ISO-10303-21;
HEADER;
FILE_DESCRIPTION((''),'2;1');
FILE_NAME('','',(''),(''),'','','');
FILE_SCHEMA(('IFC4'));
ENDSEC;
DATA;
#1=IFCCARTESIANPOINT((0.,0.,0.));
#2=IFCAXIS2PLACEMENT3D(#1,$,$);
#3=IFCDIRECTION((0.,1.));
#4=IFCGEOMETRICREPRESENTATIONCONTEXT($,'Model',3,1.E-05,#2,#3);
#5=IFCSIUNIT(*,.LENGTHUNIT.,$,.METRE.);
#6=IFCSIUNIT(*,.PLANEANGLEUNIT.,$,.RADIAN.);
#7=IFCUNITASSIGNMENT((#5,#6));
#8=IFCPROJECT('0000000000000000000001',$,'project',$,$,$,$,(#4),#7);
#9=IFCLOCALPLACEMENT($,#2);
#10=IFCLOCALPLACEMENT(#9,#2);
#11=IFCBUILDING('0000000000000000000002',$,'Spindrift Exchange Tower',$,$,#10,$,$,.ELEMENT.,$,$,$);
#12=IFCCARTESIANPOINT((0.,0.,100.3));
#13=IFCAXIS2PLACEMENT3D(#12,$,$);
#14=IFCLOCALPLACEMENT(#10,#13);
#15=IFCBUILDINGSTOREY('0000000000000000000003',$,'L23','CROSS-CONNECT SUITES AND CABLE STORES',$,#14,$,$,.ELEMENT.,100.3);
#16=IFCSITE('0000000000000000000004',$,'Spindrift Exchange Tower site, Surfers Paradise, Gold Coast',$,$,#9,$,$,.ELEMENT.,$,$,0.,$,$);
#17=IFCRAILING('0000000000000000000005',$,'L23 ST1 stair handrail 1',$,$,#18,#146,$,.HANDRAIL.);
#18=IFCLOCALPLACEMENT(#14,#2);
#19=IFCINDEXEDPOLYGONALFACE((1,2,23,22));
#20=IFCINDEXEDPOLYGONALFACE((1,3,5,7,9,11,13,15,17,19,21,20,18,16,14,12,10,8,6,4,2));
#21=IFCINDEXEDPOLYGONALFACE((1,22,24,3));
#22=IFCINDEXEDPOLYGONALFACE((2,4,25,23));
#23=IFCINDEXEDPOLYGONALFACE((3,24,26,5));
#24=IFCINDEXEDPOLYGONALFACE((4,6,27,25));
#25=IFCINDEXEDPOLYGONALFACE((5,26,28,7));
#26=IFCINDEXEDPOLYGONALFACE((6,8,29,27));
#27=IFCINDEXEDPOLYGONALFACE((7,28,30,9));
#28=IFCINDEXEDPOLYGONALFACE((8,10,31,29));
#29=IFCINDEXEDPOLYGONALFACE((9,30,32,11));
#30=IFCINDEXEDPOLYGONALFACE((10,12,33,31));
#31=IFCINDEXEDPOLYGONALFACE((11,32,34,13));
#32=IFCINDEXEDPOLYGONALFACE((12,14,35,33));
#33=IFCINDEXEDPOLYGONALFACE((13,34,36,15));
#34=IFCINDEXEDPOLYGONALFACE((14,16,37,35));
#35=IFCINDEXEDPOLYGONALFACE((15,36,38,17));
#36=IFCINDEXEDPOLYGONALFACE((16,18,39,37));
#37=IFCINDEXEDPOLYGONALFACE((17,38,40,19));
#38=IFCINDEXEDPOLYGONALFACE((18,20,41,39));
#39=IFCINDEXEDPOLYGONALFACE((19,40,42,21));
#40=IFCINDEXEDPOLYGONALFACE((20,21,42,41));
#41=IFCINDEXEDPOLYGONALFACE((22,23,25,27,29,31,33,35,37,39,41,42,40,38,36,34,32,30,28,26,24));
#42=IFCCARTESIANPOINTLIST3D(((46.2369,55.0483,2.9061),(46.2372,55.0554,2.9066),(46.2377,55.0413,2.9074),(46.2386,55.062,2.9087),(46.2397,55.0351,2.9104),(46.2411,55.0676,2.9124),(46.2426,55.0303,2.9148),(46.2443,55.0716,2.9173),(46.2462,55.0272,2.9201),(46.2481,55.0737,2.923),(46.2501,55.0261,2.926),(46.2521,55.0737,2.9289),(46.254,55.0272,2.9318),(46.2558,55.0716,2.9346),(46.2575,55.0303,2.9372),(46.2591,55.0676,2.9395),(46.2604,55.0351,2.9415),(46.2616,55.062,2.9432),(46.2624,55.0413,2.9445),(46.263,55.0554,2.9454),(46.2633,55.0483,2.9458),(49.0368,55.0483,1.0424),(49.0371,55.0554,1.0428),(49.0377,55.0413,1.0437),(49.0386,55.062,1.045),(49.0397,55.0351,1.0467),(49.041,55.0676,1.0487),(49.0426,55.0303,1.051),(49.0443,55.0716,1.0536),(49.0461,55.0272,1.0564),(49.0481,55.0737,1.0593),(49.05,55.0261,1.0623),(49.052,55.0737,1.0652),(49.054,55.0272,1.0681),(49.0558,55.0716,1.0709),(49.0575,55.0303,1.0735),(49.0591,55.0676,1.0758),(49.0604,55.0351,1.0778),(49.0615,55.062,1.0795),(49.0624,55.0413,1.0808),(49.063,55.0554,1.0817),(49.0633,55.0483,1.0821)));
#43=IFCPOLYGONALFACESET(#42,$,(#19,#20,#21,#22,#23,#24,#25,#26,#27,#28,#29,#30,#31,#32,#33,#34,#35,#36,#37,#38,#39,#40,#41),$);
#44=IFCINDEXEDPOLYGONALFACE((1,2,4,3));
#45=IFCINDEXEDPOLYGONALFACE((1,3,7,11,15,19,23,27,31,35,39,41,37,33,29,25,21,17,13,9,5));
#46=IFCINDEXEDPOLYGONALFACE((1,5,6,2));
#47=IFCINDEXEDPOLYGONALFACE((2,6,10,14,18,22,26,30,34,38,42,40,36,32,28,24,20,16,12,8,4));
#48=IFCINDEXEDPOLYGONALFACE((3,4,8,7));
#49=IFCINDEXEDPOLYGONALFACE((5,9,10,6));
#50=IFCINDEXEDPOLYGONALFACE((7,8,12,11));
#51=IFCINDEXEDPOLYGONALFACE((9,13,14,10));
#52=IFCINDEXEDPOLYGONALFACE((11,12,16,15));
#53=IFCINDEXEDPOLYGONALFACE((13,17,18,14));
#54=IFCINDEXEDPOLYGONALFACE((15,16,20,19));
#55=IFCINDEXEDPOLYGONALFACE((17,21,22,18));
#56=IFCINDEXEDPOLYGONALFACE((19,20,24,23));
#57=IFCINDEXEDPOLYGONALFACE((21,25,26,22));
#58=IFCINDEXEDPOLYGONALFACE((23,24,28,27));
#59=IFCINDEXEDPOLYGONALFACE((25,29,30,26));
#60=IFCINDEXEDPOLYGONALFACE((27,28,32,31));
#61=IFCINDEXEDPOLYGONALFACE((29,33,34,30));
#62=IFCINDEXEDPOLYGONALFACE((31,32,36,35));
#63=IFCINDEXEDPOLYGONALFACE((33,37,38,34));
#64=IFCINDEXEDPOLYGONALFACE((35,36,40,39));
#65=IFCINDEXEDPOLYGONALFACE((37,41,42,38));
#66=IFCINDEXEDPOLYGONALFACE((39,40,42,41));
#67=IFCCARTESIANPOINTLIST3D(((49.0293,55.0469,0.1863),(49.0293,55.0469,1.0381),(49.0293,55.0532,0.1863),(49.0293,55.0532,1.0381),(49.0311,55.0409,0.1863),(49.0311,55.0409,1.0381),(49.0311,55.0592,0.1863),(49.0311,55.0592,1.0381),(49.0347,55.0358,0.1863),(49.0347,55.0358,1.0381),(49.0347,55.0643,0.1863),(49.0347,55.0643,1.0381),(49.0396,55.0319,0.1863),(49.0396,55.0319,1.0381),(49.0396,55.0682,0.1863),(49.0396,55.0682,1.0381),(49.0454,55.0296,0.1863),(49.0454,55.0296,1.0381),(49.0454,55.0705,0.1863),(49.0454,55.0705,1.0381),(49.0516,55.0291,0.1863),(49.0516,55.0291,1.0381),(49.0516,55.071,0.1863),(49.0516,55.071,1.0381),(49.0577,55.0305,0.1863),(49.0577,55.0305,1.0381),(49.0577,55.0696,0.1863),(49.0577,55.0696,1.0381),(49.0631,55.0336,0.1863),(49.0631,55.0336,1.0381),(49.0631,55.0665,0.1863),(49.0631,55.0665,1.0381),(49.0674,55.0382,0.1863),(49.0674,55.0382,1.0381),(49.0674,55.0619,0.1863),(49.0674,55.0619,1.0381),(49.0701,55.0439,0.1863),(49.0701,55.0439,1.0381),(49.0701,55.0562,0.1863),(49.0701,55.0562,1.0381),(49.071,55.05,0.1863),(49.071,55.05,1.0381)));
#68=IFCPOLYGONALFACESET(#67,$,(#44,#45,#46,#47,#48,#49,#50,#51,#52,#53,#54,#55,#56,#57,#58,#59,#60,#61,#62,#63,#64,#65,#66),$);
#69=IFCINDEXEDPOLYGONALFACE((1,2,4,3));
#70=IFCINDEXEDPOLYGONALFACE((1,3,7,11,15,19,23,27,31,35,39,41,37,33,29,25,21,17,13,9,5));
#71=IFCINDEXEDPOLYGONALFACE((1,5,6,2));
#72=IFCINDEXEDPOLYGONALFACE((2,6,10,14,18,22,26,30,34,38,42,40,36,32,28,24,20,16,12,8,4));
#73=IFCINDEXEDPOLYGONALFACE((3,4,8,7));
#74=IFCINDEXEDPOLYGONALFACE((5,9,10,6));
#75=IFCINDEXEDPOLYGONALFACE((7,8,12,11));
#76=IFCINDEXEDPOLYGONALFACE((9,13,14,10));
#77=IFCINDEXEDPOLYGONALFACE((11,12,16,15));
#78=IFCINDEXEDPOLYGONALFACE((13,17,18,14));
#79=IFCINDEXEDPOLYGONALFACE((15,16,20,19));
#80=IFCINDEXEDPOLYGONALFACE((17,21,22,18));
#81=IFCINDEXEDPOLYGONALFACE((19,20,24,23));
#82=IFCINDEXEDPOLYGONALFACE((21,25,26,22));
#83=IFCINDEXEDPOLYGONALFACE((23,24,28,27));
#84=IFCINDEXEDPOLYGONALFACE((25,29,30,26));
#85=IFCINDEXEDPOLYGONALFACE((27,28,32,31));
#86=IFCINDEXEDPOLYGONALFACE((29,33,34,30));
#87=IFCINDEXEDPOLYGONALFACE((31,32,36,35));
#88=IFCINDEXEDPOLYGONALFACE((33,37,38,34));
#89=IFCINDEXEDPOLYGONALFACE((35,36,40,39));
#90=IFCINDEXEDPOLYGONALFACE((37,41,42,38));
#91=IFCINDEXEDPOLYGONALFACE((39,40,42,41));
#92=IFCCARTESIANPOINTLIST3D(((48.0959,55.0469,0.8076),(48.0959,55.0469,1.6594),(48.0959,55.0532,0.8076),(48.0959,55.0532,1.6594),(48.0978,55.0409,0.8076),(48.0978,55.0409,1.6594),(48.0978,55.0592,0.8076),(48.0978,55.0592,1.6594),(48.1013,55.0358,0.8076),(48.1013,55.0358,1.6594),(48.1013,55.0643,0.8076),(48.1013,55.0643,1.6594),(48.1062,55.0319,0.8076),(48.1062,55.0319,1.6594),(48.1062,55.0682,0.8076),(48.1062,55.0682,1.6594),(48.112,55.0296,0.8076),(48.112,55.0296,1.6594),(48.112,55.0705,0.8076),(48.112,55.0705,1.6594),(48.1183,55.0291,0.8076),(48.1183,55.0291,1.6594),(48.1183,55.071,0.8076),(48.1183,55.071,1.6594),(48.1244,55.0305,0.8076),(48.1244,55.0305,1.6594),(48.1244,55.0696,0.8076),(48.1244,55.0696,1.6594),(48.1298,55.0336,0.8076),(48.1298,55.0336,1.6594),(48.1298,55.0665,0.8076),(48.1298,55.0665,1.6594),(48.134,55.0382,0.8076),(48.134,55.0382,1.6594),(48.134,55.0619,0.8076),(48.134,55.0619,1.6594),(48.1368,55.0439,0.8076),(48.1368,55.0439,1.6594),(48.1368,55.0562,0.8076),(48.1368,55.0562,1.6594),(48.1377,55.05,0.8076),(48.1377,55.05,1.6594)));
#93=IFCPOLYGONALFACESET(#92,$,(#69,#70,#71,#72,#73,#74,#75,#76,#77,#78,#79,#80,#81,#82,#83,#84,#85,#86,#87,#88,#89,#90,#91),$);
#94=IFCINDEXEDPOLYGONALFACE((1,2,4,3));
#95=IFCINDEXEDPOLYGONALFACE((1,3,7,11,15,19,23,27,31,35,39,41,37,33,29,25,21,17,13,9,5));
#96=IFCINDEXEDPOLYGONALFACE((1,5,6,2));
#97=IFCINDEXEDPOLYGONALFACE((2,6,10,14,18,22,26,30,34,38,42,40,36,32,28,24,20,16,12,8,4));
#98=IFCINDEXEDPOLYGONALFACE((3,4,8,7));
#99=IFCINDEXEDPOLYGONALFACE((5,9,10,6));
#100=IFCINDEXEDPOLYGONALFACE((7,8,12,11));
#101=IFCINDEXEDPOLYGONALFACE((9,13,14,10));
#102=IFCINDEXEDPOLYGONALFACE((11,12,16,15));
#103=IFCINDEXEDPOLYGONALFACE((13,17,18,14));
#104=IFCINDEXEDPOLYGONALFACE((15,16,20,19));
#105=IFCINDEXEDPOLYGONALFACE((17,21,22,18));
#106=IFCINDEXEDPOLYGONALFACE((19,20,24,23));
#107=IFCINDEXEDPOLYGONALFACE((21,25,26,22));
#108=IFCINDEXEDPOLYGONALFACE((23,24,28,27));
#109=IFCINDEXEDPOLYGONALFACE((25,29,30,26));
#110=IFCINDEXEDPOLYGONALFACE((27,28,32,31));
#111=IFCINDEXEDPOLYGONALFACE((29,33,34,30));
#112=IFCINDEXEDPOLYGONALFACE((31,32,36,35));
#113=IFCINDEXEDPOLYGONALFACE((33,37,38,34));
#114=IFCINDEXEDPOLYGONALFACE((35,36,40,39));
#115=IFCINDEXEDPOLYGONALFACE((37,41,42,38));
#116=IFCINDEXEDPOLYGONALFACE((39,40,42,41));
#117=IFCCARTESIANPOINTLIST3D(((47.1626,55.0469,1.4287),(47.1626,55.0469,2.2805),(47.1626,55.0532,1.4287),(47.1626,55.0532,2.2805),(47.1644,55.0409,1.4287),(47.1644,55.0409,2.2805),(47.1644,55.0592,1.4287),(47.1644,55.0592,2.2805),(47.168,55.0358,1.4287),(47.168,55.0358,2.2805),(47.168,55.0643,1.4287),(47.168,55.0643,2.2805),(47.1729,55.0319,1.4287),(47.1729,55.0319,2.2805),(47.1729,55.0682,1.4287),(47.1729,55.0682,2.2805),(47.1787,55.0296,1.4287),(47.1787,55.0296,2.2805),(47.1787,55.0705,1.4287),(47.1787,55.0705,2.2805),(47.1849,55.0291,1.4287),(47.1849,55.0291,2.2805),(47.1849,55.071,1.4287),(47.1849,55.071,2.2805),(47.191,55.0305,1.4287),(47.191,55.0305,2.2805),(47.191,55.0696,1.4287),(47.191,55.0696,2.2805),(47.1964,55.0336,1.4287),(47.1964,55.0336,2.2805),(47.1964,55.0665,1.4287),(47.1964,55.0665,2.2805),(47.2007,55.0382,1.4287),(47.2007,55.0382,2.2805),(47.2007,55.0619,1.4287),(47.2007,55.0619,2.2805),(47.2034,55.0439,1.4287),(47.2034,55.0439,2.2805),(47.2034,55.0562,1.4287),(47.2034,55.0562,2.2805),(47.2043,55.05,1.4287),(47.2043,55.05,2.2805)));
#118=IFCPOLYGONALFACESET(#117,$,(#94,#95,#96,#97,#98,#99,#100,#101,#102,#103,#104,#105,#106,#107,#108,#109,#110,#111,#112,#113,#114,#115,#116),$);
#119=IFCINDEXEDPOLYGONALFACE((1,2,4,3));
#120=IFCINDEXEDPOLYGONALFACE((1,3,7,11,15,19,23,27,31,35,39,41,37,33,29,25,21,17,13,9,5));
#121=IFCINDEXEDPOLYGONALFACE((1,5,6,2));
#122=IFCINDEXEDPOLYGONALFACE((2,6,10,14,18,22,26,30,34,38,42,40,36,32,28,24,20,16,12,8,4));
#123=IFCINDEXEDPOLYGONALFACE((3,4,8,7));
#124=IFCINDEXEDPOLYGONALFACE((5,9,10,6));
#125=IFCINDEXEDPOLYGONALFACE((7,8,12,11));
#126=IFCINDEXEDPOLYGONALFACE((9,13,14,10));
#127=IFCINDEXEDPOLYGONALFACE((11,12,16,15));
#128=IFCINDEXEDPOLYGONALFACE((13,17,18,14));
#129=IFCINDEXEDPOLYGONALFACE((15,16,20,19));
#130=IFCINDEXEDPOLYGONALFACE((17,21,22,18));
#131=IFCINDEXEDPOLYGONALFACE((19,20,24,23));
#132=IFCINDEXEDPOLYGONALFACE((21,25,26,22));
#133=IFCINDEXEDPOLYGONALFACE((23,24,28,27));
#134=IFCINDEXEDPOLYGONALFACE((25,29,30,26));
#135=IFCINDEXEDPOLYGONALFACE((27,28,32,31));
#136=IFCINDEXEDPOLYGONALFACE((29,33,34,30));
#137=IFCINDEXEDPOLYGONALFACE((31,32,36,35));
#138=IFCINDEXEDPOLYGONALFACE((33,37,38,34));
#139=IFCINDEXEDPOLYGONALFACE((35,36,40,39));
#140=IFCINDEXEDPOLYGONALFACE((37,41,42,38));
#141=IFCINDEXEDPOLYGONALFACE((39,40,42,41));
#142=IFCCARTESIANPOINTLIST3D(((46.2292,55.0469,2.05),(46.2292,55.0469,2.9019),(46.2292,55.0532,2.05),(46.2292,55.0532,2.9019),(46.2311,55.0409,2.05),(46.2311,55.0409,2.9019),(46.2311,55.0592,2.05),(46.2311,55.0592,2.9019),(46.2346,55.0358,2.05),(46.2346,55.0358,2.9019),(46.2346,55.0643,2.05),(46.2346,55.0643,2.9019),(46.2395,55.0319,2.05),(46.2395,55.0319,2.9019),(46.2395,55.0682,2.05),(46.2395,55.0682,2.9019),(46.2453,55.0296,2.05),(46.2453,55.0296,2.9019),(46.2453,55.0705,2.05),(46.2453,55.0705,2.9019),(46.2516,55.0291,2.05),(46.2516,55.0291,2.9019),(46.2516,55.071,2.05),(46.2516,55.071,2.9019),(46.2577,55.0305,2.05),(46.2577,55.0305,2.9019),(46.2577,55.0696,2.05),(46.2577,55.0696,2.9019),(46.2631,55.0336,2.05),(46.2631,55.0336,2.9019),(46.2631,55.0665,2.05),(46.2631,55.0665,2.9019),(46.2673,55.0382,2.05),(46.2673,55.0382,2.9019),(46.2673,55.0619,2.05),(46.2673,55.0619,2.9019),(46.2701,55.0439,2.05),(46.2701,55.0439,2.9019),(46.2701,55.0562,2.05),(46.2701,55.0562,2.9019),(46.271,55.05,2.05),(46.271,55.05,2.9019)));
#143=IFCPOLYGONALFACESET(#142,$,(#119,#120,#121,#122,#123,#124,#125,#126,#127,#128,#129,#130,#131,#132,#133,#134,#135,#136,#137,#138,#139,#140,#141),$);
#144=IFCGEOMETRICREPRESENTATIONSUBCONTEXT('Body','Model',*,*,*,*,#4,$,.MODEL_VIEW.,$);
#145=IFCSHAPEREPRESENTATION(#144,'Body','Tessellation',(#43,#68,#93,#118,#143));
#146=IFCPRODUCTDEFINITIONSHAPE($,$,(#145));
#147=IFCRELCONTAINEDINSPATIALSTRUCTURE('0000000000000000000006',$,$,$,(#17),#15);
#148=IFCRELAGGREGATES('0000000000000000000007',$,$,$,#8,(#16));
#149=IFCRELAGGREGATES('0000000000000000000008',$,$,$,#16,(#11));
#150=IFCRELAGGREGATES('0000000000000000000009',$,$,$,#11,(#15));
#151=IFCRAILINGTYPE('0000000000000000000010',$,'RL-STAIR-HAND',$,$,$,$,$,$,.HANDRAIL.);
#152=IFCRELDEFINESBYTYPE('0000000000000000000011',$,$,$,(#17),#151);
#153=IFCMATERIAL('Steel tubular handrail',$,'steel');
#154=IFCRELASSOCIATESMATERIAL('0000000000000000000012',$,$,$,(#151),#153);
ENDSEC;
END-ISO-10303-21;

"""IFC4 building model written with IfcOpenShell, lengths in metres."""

from ifc_helpers import new_model, si_unit, direction, frame, origin, origin_2d, place, context, subcontext, project, spatial, circle, extrude, material, type_object, element, save


model = new_model("IFC4")

# Units and contexts
model_context = context("Model", 3, precision=1e-05, world=origin(), true_north=direction((0.0, 1.0)))
body_context = subcontext(model_context, "Body", "Model", "MODEL_VIEW")
ifc_project = project(units=[si_unit("LENGTHUNIT", "METRE"), si_unit("PLANEANGLEUNIT", "RADIAN")], contexts=[model_context])

# Site, building, storey
site_placement = place(None, origin())
site = spatial("IfcSite", under=ifc_project, at=site_placement, Name="Spindrift Exchange Tower site, Surfers Paradise, Gold Coast", CompositionType="ELEMENT", RefElevation=0.0)
building_placement = place(site_placement, origin())
building = spatial("IfcBuilding", under=site, at=building_placement, Name="Spindrift Exchange Tower", CompositionType="ELEMENT")
storey_placement = place(building_placement, frame((0.0, 0.0, 100.3)))
storey = spatial("IfcBuildingStorey", under=building, at=storey_placement, Name="L23", Description="CROSS-CONNECT SUITES AND CABLE STORES", CompositionType="ELEMENT", Elevation=100.3)

# Railing
ifc_material_1 = material(Name="Steel tubular handrail", Category="steel")
railing_type_1 = type_object("IfcRailingType", Name="RL-STAIR-HAND", PredefinedType="HANDRAIL", material=ifc_material_1)
railing_1_placement = place(storey_placement, frame((49.05, 55.05, 0.1863)))
element("IfcRailing", 1, at=railing_1_placement, inside=storey, type_object=railing_type_1, Name="L23 ST1 stair handrail 1", PredefinedType="HANDRAIL", context=body_context, shape_type="SweptSolid", body=[
    extrude(circle(Radius=0.0239, at=origin_2d()), frame((0.0, 0.0, 0.876), z_axis=(-0.832452, 0.0, 0.554097), x_axis=(0.0, -1.0, 0.0)), (0.0, 0.0, 1.0), 3.3635),
    extrude(circle(Radius=0.021, at=origin_2d()), origin(), (0.0, 0.0, 1.0), 0.8518),
    extrude(circle(Radius=0.021, at=origin_2d()), frame((-0.9333, 0.0, 0.6213)), (0.0, 0.0, 1.0), 0.8518),
    extrude(circle(Radius=0.021, at=origin_2d()), frame((-1.8667, 0.0, 1.2424)), (0.0, 0.0, 1.0), 0.8518),
    extrude(circle(Radius=0.021, at=origin_2d()), frame((-2.8, 0.0, 1.8638)), (0.0, 0.0, 1.0), 0.8518),
])

save(model, "model.ifc")
